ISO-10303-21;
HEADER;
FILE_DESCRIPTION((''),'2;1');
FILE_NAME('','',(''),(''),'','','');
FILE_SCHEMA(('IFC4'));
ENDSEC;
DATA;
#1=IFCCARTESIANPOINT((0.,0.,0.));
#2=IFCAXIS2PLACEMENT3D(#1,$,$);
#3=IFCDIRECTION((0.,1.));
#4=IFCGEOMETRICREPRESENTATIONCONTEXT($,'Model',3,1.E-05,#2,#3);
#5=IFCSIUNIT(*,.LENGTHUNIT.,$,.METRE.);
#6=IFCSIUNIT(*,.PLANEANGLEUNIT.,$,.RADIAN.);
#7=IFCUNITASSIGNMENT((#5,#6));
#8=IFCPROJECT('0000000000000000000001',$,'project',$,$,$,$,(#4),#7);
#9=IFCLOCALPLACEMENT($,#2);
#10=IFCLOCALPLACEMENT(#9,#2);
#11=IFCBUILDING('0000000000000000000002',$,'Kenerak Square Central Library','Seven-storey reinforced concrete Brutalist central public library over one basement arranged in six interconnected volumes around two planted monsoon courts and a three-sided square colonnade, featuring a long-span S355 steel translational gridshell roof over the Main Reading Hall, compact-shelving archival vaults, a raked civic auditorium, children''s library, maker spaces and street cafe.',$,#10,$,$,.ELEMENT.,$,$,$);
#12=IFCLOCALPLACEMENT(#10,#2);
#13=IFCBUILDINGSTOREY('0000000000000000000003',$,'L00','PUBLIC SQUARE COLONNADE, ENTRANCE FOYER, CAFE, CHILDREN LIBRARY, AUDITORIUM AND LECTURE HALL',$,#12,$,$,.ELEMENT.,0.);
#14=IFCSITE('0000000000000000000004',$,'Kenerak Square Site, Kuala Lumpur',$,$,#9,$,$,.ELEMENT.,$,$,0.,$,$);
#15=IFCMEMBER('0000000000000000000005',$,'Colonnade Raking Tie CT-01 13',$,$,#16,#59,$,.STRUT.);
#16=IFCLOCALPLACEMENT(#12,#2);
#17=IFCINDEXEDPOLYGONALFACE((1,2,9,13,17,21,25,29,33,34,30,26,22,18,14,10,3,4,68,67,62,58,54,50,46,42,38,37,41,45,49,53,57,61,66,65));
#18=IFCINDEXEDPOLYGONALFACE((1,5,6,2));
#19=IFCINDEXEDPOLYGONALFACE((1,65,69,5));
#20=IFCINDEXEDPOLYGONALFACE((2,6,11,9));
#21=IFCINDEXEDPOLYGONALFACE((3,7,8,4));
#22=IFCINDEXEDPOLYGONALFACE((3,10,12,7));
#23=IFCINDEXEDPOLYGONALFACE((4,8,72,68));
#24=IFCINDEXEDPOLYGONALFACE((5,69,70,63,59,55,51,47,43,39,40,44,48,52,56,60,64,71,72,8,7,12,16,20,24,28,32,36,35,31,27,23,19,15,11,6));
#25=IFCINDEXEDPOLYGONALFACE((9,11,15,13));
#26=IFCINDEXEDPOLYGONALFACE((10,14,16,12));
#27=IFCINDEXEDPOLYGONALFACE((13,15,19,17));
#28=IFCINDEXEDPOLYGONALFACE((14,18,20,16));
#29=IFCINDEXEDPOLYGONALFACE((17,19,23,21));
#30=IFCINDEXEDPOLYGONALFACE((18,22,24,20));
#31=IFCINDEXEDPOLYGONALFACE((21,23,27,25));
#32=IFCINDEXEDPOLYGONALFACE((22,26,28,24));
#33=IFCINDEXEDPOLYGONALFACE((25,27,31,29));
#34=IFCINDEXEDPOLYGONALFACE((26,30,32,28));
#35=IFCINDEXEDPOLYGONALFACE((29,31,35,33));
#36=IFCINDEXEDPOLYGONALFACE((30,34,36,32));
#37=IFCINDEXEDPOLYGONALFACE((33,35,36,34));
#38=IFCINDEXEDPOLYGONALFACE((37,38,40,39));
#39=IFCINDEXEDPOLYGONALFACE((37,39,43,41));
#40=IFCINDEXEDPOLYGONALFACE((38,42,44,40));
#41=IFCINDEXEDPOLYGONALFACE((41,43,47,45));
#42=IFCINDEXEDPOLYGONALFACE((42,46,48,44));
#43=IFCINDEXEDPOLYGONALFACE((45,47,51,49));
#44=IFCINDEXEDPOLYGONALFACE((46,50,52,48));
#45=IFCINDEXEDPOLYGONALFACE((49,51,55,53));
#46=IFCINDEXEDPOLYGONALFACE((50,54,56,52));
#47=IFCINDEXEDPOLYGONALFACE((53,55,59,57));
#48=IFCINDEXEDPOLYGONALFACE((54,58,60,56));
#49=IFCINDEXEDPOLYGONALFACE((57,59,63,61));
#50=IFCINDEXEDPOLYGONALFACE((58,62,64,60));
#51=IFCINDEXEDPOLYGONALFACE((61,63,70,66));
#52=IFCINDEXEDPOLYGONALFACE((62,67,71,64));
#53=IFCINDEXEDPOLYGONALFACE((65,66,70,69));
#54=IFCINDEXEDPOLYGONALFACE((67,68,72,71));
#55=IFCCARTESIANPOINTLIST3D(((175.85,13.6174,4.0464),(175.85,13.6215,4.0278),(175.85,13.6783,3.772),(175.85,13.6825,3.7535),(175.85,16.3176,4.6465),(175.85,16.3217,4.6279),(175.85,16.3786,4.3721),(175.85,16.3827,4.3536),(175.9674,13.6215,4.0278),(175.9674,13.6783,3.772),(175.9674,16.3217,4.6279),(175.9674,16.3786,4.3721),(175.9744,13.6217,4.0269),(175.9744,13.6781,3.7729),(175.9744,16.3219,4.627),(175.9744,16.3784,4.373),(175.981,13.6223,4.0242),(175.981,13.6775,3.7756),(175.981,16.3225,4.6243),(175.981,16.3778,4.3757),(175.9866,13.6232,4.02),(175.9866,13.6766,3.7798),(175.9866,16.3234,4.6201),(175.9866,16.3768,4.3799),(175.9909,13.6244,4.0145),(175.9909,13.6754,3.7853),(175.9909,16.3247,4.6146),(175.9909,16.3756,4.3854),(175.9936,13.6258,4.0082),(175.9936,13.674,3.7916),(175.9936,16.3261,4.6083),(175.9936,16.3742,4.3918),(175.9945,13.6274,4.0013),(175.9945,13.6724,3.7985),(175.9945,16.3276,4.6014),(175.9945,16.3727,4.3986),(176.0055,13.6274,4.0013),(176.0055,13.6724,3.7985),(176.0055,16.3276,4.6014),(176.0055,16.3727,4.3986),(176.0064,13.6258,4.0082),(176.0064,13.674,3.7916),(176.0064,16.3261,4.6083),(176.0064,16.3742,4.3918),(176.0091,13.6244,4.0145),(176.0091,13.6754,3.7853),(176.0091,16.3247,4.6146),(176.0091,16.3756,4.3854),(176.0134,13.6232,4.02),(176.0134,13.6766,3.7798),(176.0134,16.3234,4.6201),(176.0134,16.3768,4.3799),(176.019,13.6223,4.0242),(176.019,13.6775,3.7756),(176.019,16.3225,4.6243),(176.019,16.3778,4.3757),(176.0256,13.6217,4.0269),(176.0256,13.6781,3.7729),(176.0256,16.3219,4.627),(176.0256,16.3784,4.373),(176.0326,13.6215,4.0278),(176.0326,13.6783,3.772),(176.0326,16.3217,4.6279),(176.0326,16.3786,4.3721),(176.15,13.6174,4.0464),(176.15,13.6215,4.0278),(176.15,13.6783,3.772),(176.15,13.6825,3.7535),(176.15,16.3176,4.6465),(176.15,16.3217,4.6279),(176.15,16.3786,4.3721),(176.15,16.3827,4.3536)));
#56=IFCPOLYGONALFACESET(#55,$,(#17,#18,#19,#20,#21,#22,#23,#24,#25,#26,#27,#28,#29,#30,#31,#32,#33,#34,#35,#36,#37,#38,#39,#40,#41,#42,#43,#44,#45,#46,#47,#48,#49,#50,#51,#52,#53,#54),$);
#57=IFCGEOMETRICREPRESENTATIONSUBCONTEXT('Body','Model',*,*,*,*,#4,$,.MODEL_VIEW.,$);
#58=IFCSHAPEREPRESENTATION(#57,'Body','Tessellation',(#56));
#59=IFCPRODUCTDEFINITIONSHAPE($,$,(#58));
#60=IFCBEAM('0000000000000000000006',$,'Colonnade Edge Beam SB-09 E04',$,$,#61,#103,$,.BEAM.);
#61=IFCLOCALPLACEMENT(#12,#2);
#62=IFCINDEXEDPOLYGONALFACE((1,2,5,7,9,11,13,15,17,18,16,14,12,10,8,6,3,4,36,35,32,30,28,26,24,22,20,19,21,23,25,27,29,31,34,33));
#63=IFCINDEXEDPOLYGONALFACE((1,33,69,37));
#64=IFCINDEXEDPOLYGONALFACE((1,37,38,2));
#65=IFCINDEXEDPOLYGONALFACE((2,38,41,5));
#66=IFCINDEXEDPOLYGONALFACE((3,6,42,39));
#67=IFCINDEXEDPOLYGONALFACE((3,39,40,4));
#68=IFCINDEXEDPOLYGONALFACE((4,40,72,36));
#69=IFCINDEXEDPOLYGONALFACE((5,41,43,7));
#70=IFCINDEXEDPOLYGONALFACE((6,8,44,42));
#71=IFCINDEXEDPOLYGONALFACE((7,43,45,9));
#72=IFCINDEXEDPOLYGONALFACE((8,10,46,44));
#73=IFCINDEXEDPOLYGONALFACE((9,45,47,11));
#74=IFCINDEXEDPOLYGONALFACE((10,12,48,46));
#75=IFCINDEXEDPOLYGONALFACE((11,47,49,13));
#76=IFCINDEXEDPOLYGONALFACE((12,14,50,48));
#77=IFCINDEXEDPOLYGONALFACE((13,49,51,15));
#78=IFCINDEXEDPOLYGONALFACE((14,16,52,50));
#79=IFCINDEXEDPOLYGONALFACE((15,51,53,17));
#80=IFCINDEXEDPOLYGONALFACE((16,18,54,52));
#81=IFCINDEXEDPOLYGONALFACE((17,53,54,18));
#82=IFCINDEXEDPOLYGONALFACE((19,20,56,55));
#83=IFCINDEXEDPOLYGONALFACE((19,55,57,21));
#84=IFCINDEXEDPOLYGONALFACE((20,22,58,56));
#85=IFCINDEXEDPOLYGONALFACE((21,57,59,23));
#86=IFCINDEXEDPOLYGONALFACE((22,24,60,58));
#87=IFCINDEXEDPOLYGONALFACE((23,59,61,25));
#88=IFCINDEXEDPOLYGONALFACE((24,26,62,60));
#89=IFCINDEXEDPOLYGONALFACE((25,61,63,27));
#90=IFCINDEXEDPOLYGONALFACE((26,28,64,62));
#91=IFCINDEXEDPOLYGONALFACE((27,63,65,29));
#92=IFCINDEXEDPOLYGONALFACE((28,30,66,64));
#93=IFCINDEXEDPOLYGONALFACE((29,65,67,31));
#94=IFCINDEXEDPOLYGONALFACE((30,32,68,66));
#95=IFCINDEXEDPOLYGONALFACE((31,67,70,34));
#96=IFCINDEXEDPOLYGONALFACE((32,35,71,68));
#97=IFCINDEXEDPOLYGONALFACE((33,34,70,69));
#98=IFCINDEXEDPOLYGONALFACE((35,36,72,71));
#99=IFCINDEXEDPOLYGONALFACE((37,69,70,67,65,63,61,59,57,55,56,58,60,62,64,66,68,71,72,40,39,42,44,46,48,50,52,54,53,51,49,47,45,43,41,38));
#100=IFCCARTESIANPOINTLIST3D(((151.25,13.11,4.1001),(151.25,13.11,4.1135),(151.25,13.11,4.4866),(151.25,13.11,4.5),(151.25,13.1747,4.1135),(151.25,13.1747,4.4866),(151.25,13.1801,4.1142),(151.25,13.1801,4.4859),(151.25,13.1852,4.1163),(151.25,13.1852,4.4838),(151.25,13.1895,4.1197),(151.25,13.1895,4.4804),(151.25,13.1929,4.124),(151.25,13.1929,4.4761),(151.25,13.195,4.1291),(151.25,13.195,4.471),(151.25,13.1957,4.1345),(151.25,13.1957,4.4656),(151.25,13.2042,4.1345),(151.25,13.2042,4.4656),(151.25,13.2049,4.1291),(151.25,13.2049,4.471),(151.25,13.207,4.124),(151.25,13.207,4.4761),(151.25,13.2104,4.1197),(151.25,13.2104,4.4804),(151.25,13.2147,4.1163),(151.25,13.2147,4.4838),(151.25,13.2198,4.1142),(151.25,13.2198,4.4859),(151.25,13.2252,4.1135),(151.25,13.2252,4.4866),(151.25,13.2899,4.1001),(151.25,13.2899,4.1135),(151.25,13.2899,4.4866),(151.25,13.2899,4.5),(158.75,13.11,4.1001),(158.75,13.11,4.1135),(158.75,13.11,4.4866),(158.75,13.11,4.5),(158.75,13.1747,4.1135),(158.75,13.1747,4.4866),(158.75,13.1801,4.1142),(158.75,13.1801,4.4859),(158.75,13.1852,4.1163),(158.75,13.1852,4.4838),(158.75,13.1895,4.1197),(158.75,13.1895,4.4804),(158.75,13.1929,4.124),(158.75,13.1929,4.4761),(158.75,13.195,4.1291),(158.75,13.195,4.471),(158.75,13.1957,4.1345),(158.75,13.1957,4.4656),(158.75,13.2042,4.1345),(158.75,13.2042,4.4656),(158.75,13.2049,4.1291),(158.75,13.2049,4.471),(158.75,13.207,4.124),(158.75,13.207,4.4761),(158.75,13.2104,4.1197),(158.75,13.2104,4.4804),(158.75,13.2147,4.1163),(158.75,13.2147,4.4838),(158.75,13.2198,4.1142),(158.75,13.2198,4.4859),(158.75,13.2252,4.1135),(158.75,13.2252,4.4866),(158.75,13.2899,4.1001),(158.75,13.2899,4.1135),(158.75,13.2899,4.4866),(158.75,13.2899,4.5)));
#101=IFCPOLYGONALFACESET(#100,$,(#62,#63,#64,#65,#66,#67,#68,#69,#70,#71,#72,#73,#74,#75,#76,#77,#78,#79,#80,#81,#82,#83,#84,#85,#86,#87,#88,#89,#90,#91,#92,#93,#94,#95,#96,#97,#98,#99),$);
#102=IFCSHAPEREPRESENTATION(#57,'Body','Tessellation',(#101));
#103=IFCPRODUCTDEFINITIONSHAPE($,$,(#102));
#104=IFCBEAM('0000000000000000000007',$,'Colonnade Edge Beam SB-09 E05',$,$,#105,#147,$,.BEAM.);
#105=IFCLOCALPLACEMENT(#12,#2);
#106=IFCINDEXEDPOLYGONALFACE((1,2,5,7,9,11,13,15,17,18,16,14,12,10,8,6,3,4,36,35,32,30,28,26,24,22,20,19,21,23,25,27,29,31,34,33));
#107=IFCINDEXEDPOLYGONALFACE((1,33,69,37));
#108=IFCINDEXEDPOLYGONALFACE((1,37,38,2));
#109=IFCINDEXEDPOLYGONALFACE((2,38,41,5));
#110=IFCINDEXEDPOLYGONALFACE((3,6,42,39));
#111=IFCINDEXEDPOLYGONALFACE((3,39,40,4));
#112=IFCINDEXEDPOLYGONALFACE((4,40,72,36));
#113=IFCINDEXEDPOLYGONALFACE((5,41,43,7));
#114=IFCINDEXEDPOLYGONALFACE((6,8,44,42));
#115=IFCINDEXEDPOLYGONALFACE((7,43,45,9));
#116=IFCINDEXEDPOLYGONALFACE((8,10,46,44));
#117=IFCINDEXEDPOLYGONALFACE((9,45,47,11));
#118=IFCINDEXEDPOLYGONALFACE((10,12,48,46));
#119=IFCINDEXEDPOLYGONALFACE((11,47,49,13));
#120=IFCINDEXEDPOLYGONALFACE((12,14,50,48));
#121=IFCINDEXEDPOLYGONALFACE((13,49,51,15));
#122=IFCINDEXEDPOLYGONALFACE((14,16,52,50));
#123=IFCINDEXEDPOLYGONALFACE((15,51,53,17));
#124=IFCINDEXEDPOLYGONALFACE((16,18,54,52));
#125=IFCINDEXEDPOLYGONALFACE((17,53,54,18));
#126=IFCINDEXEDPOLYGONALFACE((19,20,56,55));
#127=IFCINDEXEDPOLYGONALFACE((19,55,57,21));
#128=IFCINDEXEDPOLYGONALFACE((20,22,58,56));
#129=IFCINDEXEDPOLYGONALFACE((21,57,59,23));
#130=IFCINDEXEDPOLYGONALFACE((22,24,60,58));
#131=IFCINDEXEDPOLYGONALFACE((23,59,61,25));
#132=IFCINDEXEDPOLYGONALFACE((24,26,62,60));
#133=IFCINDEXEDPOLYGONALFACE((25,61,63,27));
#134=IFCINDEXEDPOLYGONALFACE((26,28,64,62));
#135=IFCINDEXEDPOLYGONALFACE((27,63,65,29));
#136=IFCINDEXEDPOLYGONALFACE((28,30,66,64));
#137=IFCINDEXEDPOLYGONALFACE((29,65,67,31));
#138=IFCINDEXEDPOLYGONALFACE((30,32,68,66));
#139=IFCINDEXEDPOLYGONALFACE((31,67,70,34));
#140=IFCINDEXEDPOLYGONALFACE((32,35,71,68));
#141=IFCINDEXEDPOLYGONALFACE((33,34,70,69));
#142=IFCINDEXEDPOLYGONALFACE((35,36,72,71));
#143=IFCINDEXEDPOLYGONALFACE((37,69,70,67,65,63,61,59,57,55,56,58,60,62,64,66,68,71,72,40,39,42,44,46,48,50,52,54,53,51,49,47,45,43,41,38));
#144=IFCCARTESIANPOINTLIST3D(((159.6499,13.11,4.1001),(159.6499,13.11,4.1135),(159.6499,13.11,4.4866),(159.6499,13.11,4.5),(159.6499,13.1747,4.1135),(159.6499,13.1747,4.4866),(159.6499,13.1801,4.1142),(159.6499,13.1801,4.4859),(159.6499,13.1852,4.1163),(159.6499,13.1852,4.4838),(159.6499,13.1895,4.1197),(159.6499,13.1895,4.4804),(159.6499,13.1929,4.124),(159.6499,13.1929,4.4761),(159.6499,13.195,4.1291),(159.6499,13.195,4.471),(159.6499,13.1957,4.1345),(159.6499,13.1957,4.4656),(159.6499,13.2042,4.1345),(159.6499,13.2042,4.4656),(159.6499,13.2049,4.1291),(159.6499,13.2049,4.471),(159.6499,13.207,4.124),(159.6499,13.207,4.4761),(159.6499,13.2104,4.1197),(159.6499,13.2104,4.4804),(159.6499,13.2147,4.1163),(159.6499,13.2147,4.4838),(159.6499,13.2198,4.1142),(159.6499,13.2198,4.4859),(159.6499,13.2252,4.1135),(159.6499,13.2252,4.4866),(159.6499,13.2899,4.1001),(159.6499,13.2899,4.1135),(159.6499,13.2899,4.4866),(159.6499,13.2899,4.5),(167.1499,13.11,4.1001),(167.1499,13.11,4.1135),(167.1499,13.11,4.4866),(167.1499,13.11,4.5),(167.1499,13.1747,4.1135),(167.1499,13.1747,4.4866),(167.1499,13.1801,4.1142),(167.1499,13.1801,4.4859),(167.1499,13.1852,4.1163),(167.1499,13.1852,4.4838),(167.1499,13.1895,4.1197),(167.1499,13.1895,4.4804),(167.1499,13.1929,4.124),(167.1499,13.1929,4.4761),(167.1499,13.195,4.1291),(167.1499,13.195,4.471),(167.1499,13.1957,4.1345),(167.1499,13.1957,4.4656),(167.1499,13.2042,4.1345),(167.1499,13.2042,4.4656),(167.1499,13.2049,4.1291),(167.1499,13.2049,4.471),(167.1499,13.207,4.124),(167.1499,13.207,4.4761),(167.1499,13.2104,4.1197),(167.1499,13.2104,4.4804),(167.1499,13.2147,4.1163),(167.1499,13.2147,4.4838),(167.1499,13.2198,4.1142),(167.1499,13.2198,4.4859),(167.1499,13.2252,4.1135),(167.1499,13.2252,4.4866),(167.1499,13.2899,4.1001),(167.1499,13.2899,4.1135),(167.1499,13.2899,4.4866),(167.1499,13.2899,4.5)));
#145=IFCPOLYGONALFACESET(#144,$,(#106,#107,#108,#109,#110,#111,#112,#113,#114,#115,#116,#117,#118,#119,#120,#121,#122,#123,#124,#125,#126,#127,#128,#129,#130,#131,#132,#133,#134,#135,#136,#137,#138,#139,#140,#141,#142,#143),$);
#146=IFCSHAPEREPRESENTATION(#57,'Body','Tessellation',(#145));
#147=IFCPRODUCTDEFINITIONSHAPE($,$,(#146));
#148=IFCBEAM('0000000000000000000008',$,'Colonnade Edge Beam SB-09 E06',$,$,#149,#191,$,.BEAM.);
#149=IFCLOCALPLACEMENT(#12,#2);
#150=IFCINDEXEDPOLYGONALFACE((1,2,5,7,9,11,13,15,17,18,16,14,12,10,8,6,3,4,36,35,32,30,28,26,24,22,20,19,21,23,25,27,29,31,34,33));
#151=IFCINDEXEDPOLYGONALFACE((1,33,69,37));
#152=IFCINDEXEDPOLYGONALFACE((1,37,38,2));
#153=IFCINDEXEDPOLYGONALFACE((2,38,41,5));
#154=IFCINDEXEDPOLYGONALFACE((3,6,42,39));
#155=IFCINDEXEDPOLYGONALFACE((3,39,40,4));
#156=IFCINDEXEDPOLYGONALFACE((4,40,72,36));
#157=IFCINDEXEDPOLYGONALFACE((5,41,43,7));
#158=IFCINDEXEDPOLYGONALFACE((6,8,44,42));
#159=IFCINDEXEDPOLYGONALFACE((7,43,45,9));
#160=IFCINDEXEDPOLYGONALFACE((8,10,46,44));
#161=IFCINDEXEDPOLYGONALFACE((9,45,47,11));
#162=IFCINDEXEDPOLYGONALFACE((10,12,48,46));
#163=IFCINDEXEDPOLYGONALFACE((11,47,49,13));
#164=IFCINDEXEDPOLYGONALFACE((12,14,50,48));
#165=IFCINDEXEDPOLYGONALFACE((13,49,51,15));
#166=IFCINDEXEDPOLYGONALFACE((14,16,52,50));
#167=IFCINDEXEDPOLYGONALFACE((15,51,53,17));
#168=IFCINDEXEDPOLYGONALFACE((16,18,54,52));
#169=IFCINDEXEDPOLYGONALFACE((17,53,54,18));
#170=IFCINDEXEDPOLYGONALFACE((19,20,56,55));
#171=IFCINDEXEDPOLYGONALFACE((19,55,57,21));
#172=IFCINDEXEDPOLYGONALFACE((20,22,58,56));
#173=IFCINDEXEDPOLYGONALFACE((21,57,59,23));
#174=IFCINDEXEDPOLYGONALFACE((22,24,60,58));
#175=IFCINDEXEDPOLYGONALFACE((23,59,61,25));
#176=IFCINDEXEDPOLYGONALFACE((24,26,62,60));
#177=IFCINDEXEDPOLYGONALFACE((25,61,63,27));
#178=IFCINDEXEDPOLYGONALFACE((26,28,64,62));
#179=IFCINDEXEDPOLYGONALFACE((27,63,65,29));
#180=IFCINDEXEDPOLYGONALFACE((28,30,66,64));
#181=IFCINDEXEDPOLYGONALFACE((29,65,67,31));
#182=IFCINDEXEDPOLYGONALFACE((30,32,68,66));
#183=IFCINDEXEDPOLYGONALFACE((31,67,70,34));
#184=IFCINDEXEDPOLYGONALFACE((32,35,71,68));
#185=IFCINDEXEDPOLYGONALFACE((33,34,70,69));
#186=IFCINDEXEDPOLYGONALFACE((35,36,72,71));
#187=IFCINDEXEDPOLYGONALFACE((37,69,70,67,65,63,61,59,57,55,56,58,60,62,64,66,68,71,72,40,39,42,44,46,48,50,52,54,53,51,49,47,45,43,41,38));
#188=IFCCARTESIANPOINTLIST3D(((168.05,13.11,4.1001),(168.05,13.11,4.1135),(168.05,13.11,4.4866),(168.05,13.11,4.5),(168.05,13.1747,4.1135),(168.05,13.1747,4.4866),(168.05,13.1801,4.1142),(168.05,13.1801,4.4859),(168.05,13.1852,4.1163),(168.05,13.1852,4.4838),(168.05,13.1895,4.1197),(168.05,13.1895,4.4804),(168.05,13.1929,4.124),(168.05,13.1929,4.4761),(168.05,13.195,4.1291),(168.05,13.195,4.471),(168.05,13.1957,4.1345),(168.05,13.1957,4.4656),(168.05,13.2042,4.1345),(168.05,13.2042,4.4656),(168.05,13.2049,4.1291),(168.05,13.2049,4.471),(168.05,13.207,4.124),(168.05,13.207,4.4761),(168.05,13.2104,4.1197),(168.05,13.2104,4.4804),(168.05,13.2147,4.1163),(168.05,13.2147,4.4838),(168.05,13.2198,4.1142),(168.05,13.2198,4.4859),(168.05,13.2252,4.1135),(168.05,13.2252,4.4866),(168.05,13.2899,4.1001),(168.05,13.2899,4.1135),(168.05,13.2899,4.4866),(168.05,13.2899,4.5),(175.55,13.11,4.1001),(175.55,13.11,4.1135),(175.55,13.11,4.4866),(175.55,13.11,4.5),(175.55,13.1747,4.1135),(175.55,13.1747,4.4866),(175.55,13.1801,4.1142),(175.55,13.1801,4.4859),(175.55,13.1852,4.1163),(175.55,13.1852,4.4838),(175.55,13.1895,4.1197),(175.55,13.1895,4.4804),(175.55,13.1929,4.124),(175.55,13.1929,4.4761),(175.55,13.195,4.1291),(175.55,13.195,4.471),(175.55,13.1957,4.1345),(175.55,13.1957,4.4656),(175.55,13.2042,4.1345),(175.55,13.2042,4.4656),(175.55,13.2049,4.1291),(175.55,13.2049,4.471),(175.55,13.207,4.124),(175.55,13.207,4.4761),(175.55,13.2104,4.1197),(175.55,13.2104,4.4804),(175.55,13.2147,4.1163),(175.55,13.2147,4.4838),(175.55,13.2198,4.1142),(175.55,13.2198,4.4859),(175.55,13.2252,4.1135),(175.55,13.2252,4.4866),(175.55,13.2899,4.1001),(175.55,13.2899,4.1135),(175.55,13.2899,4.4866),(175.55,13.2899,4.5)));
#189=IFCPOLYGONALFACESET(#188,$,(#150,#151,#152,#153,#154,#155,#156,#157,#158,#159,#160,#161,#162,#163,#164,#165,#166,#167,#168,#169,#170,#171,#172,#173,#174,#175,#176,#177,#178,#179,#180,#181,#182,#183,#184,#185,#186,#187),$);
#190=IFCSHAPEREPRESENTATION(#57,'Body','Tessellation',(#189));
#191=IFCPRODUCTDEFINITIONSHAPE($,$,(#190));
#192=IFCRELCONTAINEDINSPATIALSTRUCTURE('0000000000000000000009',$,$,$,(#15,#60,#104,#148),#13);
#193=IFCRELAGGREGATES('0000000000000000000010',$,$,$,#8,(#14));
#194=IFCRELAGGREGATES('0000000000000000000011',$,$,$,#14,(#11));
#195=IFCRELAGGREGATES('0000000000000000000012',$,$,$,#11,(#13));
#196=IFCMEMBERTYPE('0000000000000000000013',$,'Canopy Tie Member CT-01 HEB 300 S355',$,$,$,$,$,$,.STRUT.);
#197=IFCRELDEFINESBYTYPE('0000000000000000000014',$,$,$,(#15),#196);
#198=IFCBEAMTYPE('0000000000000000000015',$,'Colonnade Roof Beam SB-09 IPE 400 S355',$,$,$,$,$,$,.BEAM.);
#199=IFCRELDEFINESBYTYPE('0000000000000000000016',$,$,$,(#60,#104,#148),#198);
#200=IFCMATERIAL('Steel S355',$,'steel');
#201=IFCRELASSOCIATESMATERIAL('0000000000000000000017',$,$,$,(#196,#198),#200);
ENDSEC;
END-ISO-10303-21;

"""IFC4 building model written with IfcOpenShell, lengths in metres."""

from ifc_helpers import new_model, si_unit, direction, frame, origin, origin_2d, place, context, subcontext, project, spatial, i_section, extrude, material, material_profile, profile_set, type_object, element, save


model = new_model("IFC4")

# Units and contexts
model_context = context("Model", 3, precision=1e-05, world=origin(), true_north=direction((0.0, 1.0)))
body_context = subcontext(model_context, "Body", "Model", "MODEL_VIEW")
ifc_project = project(units=[si_unit("LENGTHUNIT", "METRE"), si_unit("PLANEANGLEUNIT", "RADIAN")], contexts=[model_context])

# Site, building, storey
site_placement = place(None, origin())
site = spatial("IfcSite", under=ifc_project, at=site_placement, Name="Kenerak Square Site, Kuala Lumpur", CompositionType="ELEMENT", RefElevation=0.0)
building_placement = place(site_placement, origin())
building = spatial("IfcBuilding", under=site, at=building_placement, Name="Kenerak Square Central Library", Description="Seven-storey reinforced concrete Brutalist central public library over one basement arranged in six interconnected volumes around two planted monsoon courts and a three-sided square colonnade, featuring a long-span S355 steel translational gridshell roof over the Main Reading Hall, compact-shelving archival vaults, a raked civic auditorium, children's library, maker spaces and street cafe.", CompositionType="ELEMENT")
storey_placement = place(building_placement, origin())
storey = spatial("IfcBuildingStorey", under=building, at=storey_placement, Name="L00", Description="PUBLIC SQUARE COLONNADE, ENTRANCE FOYER, CAFE, CHILDREN LIBRARY, AUDITORIUM AND LECTURE HALL", CompositionType="ELEMENT", Elevation=0.0)

# Shared definitions
ifc_material_1 = material(Name="Steel S355", Category="steel")

# Member
ifc_material_profile_1 = material_profile(ifc_material_1, i_section(OverallWidth=0.3, OverallDepth=0.3, WebThickness=0.011, FlangeThickness=0.019, FilletRadius=0.0271, at=origin_2d()), Name="HEB 300")
ifc_profile_set_1 = profile_set([ifc_material_profile_1], Name="Steel S355")
member_type = type_object("IfcMemberType", Name="Canopy Tie Member CT-01 HEB 300 S355", PredefinedType="STRUT", material=ifc_profile_set_1)
for number, where, z_axis, x_axis, name in (
    (1, (176.0, 13.6499, 3.8999), (0.0, 0.976183, 0.216949), (-1.0, 0.0, 0.0), "Colonnade Raking Tie CT-01 13"),
):
    element("IfcMember", number, at=place(storey_placement, frame(where, z_axis=z_axis, x_axis=x_axis)), inside=storey, type_object=member_type, Name=name, PredefinedType="STRUT", context=body_context, shape_type="SweptSolid", body=[
        extrude(i_section(OverallWidth=0.3, OverallDepth=0.3, WebThickness=0.011, FlangeThickness=0.019, FilletRadius=0.0271, at=origin_2d()), origin(), (0.0, 0.0, 1.0), 2.7661),
    ])

# Beams
ifc_material_profile_2 = material_profile(ifc_material_1, i_section(OverallWidth=0.1799, OverallDepth=0.3999, WebThickness=0.0085, FlangeThickness=0.0134, FilletRadius=0.021, at=origin_2d()), Name="IPE 400")
ifc_profile_set_2 = profile_set([ifc_material_profile_2], Name="Steel S355")
beam_type_1 = type_object("IfcBeamType", Name="Colonnade Roof Beam SB-09 IPE 400 S355", PredefinedType="BEAM", material=ifc_profile_set_2)
for number, where, z_axis, x_axis, name in (
    (2, (151.25, 13.2, 4.3), (1.0, 0.0, 0.0), (0.0, 1.0, 0.0), "Colonnade Edge Beam SB-09 E04"),
    (3, (159.6499, 13.2, 4.3), (1.0, 0.0, 0.0), (0.0, 1.0, 0.0), "Colonnade Edge Beam SB-09 E05"),
    (4, (168.05, 13.2, 4.3), (1.0, 0.0, 0.0), (0.0, 1.0, 0.0), "Colonnade Edge Beam SB-09 E06"),
):
    element("IfcBeam", number, at=place(storey_placement, frame(where, z_axis=z_axis, x_axis=x_axis)), inside=storey, type_object=beam_type_1, Name=name, PredefinedType="BEAM", context=body_context, shape_type="SweptSolid", body=[
        extrude(i_section(OverallWidth=0.1799, OverallDepth=0.3999, WebThickness=0.0085, FlangeThickness=0.0134, FilletRadius=0.021, at=origin_2d()), origin(), (0.0, 0.0, 1.0), 7.5),
    ])

save(model, "model.ifc")
